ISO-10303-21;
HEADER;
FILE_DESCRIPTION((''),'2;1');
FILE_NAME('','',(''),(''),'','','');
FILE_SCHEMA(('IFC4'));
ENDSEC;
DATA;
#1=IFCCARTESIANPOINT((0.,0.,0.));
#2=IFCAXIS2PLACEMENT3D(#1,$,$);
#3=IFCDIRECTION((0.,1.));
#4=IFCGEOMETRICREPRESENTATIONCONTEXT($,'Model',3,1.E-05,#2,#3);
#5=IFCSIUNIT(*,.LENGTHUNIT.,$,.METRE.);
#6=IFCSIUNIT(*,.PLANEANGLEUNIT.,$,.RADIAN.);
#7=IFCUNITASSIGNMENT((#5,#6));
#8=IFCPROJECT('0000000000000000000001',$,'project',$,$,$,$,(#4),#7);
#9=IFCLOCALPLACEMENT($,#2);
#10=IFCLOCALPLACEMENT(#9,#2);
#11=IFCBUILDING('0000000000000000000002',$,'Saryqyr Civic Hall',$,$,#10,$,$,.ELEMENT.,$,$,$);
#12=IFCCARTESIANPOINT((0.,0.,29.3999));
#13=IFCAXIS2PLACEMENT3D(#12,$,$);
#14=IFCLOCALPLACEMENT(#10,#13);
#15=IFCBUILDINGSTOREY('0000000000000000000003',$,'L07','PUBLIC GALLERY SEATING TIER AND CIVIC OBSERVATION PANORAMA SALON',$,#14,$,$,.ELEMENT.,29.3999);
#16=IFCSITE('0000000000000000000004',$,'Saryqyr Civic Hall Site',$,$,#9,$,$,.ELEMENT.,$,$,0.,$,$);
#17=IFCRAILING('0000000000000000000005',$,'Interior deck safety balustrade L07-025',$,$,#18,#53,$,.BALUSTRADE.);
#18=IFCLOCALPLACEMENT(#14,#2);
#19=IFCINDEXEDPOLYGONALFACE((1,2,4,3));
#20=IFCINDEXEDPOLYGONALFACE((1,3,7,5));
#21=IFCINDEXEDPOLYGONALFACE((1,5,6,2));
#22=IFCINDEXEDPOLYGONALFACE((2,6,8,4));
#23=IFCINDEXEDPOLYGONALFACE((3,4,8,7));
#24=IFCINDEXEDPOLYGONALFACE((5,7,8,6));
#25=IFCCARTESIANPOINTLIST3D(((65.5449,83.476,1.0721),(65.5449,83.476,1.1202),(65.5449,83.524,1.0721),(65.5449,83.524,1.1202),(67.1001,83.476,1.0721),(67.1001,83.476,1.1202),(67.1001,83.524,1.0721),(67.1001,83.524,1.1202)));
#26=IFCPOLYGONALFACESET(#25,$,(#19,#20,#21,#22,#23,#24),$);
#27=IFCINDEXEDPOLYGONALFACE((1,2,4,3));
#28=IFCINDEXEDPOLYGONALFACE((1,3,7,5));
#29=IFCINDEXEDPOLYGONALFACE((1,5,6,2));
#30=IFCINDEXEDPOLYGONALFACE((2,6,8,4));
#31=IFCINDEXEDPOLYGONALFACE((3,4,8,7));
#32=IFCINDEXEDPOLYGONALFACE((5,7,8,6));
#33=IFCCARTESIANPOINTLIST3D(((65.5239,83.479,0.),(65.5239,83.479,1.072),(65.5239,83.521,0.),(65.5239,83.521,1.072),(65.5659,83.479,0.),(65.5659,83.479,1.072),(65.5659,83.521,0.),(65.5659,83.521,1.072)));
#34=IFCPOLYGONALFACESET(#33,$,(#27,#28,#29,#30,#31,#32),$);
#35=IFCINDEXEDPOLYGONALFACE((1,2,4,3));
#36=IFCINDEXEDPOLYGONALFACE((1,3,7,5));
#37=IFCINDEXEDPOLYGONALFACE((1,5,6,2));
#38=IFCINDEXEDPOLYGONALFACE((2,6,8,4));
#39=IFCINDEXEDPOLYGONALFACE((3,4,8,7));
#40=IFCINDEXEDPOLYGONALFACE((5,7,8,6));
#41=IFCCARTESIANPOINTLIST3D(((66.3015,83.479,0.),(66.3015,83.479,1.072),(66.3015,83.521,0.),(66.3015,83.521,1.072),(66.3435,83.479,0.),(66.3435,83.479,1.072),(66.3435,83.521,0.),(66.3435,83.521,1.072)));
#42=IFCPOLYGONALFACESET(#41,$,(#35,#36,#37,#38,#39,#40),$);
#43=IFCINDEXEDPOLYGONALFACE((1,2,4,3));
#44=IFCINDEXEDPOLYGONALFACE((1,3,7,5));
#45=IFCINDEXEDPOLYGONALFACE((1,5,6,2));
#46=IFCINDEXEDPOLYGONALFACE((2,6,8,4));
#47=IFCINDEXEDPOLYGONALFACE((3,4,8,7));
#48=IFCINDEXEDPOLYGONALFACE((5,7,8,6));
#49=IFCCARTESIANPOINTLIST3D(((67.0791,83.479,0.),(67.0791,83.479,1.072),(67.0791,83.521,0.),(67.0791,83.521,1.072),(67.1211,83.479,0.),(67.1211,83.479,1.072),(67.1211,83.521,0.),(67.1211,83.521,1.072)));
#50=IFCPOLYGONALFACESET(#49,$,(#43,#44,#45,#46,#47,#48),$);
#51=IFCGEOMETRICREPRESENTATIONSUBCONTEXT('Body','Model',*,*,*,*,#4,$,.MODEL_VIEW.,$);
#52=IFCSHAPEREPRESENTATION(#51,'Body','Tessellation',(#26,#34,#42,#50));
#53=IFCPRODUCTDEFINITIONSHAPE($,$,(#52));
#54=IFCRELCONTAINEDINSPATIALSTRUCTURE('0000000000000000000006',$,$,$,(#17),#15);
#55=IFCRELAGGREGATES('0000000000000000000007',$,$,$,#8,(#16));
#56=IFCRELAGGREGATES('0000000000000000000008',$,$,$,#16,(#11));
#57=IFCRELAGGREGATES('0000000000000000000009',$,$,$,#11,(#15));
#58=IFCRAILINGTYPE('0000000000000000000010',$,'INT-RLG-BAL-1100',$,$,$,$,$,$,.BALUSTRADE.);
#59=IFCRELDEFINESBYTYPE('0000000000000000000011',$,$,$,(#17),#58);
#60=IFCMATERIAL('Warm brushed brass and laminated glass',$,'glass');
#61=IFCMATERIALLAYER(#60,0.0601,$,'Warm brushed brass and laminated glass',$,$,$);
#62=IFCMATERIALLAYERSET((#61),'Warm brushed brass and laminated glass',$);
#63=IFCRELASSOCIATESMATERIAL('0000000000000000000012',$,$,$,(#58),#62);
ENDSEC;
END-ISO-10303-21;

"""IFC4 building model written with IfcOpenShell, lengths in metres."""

from ifc_helpers import new_model, si_unit, direction, frame, origin, origin_2d, place, context, subcontext, project, spatial, rectangle, extrude, material, layer, layer_set, type_object, element, save


model = new_model("IFC4")

# Units and contexts
model_context = context("Model", 3, precision=1e-05, world=origin(), true_north=direction((0.0, 1.0)))
body_context = subcontext(model_context, "Body", "Model", "MODEL_VIEW")
ifc_project = project(units=[si_unit("LENGTHUNIT", "METRE"), si_unit("PLANEANGLEUNIT", "RADIAN")], contexts=[model_context])

# Site, building, storey
site_placement = place(None, origin())
site = spatial("IfcSite", under=ifc_project, at=site_placement, Name="Saryqyr Civic Hall Site", CompositionType="ELEMENT", RefElevation=0.0)
building_placement = place(site_placement, origin())
building = spatial("IfcBuilding", under=site, at=building_placement, Name="Saryqyr Civic Hall", CompositionType="ELEMENT")
storey_placement = place(building_placement, frame((0.0, 0.0, 29.3999)))
storey = spatial("IfcBuildingStorey", under=building, at=storey_placement, Name="L07", Description="PUBLIC GALLERY SEATING TIER AND CIVIC OBSERVATION PANORAMA SALON", CompositionType="ELEMENT", Elevation=29.3999)

# Railing
ifc_material_1 = material(Name="Warm brushed brass and laminated glass", Category="glass")
ifc_layer_1 = layer(ifc_material_1, 0.0601, Name="Warm brushed brass and laminated glass")
ifc_layer_set_1 = layer_set([ifc_layer_1], Name="Warm brushed brass and laminated glass")
railing_type = type_object("IfcRailingType", Name="INT-RLG-BAL-1100", PredefinedType="BALUSTRADE", material=ifc_layer_set_1)
railing_1_placement = place(storey_placement, frame((65.5449, 83.5, 0.0)))
element("IfcRailing", 1, at=railing_1_placement, inside=storey, type_object=railing_type, Name="Interior deck safety balustrade L07-025", PredefinedType="BALUSTRADE", context=body_context, shape_type="SweptSolid", body=[
    extrude(rectangle(XDim=0.0481, YDim=0.0481, at=origin_2d()), frame((0.0, 0.0, 1.0962), z_axis=(1.0, 0.0, 0.0), x_axis=(0.0, 1.0, 0.0)), (0.0, 0.0, 1.0), 1.5552),
    extrude(rectangle(XDim=0.042, YDim=0.042, at=origin_2d()), origin(), (0.0, 0.0, 1.0), 1.072),
    extrude(rectangle(XDim=0.042, YDim=0.042, at=origin_2d()), frame((0.7776, 0.0, 0.0)), (0.0, 0.0, 1.0), 1.072),
    extrude(rectangle(XDim=0.042, YDim=0.042, at=origin_2d()), frame((1.5552, 0.0, 0.0)), (0.0, 0.0, 1.0), 1.072),
])

save(model, "model.ifc")
